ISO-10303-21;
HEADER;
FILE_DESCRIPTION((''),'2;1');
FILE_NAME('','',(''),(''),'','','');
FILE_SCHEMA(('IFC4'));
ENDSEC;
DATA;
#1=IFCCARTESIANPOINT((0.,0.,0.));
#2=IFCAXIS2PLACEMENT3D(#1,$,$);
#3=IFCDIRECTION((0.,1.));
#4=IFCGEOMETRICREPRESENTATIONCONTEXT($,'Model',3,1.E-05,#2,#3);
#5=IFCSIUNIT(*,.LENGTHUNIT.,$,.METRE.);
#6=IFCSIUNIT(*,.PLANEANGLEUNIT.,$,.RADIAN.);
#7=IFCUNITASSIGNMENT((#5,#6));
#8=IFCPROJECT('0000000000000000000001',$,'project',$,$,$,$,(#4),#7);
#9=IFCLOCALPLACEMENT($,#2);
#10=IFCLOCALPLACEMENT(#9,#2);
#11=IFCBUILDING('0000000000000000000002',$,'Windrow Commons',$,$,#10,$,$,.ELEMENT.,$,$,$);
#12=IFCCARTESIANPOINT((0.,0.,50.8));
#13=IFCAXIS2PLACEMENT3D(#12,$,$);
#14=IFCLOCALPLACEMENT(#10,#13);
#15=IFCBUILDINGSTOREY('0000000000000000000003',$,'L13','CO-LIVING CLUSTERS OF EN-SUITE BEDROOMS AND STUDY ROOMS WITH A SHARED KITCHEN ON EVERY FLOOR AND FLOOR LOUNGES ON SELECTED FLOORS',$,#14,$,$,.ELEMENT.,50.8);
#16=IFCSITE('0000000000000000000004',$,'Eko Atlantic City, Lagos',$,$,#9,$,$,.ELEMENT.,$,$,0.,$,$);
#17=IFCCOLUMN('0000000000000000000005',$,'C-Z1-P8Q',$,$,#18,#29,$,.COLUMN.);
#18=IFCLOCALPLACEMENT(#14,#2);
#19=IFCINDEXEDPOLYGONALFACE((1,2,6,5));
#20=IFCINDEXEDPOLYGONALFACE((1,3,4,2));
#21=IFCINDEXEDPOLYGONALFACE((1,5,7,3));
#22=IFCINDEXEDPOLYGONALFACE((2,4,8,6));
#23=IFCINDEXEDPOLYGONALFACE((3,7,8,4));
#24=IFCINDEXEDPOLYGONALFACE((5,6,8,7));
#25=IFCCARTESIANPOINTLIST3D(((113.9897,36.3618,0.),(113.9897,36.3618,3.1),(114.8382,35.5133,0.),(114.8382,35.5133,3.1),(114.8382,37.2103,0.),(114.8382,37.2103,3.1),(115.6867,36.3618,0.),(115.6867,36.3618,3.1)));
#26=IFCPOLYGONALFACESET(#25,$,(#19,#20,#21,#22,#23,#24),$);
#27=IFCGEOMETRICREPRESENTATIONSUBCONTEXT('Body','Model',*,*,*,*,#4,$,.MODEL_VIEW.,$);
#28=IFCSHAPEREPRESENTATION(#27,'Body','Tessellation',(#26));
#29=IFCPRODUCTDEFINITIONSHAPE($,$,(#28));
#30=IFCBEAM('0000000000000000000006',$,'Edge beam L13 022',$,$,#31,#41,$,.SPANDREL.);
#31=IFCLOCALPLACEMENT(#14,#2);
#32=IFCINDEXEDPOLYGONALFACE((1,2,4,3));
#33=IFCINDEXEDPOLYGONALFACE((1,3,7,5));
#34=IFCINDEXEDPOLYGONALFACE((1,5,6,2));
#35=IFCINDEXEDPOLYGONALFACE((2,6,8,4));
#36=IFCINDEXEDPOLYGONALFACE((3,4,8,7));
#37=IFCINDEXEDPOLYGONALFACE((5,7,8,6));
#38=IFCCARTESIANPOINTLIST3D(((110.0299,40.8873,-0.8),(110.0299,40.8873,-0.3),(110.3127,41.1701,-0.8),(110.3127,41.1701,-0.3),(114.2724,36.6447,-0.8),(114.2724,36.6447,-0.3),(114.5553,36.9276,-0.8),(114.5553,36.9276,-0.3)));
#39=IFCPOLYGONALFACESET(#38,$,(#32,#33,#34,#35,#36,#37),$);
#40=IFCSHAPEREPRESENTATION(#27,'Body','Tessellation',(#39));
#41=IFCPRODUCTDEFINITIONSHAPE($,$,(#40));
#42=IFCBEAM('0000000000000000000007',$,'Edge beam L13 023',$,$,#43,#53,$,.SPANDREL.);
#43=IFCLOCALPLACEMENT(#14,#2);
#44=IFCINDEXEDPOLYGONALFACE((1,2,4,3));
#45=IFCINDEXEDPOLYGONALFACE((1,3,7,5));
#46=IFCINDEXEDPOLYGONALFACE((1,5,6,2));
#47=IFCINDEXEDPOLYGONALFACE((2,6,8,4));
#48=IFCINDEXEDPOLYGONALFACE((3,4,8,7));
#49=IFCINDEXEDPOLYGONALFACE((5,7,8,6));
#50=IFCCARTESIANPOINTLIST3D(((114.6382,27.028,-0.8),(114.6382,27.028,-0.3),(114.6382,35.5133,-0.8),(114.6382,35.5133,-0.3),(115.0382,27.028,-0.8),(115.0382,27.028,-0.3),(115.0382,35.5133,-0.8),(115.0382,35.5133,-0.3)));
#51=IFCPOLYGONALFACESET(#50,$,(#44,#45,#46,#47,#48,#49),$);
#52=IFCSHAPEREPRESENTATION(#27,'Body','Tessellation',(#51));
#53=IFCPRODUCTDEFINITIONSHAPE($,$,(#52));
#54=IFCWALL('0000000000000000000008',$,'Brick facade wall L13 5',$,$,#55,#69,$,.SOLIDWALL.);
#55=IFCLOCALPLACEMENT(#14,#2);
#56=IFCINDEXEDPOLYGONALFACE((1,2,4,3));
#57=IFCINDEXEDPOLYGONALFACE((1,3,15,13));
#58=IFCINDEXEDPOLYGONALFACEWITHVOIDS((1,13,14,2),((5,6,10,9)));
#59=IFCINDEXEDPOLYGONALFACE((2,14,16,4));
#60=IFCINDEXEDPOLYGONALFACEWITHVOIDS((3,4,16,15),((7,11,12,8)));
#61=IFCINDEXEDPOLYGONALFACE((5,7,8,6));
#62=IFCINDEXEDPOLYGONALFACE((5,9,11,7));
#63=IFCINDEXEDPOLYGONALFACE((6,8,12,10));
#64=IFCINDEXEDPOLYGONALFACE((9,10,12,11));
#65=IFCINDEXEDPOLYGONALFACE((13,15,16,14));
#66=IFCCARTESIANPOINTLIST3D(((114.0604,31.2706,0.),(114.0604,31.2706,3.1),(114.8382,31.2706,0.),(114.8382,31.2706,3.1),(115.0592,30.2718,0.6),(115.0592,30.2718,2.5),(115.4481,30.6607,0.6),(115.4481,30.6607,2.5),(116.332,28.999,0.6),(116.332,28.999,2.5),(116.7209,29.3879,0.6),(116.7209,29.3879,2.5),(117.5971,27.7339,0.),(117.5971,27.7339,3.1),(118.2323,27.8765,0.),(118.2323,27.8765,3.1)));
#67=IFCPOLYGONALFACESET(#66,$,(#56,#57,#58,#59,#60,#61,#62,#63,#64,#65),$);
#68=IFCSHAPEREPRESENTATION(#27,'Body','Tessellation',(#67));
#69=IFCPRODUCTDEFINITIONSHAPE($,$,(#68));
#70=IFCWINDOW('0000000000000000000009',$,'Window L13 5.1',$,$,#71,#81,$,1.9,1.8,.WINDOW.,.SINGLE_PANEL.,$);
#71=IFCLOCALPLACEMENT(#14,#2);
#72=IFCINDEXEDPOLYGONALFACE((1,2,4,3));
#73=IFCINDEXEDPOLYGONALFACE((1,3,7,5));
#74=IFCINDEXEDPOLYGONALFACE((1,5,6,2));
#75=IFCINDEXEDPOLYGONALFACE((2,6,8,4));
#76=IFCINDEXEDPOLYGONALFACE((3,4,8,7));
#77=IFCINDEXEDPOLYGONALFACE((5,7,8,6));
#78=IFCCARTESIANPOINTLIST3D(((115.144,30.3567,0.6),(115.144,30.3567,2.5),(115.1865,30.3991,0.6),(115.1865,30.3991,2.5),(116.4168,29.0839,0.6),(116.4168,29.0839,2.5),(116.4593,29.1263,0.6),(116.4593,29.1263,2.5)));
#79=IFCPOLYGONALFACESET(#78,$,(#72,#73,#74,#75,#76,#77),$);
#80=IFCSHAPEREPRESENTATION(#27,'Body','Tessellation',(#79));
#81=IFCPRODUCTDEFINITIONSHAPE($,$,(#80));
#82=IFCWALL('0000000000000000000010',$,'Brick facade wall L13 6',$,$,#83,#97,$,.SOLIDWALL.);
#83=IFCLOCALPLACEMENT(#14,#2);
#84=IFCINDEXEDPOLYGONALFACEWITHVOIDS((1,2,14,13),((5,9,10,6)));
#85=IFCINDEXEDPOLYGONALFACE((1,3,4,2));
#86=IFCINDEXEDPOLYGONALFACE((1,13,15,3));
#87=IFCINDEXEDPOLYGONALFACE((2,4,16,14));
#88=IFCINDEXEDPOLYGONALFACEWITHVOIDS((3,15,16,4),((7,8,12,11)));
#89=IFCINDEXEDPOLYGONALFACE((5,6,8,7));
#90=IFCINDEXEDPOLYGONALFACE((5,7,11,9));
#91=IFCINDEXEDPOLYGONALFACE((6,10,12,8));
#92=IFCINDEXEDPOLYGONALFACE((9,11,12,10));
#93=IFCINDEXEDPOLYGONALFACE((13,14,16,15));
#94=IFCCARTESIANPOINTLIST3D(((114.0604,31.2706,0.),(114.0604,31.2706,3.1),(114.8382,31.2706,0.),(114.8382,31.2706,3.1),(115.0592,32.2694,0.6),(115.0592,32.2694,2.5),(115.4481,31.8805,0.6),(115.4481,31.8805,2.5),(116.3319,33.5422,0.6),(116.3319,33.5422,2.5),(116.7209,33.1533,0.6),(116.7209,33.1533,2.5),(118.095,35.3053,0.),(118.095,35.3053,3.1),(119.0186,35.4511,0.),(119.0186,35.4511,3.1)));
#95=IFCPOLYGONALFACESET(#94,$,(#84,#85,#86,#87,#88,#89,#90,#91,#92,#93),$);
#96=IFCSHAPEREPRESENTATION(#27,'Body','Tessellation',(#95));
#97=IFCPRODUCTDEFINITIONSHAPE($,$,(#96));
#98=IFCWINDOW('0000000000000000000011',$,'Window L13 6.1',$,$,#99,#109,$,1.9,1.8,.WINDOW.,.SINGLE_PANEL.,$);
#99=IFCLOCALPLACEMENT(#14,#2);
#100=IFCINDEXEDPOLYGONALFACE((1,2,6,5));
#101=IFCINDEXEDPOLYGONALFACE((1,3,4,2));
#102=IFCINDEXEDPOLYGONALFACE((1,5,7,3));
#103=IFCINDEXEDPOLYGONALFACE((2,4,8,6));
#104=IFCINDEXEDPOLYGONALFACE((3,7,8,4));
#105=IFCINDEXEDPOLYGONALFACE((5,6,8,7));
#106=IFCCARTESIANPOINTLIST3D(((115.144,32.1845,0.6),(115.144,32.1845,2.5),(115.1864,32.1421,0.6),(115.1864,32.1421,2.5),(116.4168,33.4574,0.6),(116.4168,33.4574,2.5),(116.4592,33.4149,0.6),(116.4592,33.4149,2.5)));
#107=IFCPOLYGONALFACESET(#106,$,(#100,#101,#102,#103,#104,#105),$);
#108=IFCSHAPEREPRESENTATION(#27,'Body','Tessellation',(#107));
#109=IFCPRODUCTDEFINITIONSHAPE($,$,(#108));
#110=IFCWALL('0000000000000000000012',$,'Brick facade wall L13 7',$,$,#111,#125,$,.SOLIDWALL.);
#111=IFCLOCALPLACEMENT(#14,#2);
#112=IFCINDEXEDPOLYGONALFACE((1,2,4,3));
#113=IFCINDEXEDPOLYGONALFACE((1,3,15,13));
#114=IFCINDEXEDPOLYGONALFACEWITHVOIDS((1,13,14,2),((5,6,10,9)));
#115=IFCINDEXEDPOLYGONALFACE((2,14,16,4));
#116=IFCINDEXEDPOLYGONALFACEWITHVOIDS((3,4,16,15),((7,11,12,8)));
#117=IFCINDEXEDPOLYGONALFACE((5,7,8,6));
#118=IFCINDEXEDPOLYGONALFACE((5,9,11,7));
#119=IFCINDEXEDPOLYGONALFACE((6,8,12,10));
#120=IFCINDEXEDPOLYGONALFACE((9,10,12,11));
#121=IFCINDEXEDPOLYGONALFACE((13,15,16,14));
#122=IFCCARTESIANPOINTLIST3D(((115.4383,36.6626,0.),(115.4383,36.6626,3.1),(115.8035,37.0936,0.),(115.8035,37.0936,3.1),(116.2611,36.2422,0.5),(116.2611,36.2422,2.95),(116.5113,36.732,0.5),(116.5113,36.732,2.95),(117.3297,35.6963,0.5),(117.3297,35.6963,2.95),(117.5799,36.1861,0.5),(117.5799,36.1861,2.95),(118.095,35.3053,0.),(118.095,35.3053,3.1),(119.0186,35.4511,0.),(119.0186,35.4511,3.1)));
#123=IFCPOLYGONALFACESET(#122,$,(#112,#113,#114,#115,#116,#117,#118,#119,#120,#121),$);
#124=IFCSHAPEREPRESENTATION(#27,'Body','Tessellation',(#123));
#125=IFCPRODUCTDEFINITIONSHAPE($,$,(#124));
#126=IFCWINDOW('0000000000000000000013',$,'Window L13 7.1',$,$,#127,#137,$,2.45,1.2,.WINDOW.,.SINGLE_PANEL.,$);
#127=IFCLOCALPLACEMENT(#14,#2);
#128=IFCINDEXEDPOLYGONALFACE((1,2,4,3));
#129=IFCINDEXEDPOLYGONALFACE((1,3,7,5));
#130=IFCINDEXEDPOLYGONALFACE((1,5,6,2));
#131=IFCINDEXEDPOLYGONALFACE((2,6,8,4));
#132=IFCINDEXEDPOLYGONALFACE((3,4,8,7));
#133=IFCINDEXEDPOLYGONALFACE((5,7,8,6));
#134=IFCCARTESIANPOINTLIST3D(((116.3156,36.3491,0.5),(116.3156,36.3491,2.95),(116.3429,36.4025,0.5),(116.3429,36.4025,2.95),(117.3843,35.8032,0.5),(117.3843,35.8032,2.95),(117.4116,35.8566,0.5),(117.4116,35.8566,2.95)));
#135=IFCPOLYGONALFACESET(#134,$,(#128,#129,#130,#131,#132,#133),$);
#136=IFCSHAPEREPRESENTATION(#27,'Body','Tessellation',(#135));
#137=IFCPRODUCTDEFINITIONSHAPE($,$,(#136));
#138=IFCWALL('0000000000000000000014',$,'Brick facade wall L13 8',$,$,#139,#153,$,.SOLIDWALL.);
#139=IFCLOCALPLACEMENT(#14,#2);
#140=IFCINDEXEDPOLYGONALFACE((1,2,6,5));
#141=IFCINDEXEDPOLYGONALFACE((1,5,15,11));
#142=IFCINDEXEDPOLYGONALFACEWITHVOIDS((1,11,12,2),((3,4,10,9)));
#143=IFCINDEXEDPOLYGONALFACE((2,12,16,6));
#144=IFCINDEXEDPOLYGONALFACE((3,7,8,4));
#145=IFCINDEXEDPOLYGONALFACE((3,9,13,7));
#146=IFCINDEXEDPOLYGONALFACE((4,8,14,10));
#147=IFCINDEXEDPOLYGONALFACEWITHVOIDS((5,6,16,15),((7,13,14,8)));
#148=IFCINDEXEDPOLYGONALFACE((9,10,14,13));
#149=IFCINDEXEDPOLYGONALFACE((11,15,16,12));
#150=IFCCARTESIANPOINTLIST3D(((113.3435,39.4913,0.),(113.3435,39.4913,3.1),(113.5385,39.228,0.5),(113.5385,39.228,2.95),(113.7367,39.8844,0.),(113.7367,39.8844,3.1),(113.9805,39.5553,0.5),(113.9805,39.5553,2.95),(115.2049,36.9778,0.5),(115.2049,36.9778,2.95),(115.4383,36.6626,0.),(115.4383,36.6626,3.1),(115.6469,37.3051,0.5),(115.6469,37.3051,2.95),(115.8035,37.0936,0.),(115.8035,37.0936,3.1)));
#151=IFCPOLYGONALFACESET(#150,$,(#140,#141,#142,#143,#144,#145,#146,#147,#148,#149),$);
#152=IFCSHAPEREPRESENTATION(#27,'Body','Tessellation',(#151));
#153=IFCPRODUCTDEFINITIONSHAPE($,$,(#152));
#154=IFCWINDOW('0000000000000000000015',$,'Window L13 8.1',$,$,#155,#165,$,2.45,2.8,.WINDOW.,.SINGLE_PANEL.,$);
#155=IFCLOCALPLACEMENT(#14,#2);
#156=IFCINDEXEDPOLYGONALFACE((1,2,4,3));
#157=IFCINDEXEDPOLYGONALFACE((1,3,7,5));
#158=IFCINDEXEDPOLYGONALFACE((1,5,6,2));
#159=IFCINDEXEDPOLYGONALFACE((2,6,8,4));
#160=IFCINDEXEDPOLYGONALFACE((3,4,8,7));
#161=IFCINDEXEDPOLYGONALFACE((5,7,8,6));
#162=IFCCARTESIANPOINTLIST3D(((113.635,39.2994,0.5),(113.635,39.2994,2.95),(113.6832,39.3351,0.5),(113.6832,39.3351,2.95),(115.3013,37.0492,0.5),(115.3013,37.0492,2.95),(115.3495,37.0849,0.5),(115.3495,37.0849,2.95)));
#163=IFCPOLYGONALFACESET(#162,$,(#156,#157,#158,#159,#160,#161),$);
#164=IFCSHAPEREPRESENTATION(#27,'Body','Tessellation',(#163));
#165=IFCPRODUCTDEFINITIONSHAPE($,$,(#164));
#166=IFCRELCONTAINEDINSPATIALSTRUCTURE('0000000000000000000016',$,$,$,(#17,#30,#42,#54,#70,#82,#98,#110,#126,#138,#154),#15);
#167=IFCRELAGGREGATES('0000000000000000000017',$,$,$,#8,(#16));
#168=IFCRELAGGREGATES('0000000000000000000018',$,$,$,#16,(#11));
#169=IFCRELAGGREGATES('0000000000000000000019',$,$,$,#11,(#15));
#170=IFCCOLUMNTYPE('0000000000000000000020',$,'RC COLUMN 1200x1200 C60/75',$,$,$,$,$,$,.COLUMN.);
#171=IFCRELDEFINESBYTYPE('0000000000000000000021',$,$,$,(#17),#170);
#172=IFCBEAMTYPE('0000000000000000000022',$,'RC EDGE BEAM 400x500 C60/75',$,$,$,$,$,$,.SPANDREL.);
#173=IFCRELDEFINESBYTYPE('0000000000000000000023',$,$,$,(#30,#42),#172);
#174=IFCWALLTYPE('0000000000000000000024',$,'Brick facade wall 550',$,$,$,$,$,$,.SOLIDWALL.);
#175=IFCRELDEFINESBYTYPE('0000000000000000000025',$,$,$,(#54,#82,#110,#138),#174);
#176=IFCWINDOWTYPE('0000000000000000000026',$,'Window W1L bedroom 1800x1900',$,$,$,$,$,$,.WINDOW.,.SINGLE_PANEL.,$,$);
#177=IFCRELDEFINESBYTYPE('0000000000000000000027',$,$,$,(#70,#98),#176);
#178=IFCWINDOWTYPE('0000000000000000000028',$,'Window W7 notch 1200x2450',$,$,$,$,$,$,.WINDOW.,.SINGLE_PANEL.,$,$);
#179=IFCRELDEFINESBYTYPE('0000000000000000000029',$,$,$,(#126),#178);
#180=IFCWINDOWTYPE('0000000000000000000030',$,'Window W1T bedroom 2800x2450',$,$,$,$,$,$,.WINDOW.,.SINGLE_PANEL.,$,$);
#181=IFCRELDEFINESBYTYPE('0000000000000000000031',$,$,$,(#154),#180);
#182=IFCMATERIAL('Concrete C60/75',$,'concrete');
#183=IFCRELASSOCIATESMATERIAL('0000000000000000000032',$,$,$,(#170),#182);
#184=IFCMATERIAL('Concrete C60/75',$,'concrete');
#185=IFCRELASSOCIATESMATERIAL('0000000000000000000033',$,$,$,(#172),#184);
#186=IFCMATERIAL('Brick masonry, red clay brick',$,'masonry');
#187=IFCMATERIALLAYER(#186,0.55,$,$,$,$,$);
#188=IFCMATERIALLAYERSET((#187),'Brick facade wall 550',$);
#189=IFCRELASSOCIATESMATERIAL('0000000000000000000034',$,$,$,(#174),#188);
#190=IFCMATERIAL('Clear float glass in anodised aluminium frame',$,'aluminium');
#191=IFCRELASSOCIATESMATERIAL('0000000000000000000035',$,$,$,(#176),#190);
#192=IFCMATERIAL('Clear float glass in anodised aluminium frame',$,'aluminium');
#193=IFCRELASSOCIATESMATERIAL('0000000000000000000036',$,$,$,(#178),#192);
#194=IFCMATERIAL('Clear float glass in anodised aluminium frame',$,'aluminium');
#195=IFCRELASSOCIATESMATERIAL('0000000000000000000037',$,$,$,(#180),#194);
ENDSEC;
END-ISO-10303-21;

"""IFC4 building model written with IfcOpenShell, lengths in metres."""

from ifc_helpers import new_model, si_unit, direction, frame, frame_2d, origin, origin_2d, place, context, subcontext, project, spatial, polyline, rectangle, outline, extrude, material, layer, layer_set, material_profile, profile_set, type_object, element, fill, save


model = new_model("IFC4")

# Units and contexts
model_context = context("Model", 3, precision=1e-05, world=origin(), true_north=direction((0.0, 1.0)))
body_context = subcontext(model_context, "Body", "Model", "MODEL_VIEW")
ifc_project = project(units=[si_unit("LENGTHUNIT", "METRE"), si_unit("PLANEANGLEUNIT", "RADIAN")], contexts=[model_context])

# Site, building, storey
site_placement = place(None, origin())
site = spatial("IfcSite", under=ifc_project, at=site_placement, Name="Eko Atlantic City, Lagos", CompositionType="ELEMENT", RefElevation=0.0)
building_placement = place(site_placement, origin())
building = spatial("IfcBuilding", under=site, at=building_placement, Name="Windrow Commons", CompositionType="ELEMENT")
storey_placement = place(building_placement, frame((0.0, 0.0, 50.8)))
storey = spatial("IfcBuildingStorey", under=building, at=storey_placement, Name="L13", Description="CO-LIVING CLUSTERS OF EN-SUITE BEDROOMS AND STUDY ROOMS WITH A SHARED KITCHEN ON EVERY FLOOR AND FLOOR LOUNGES ON SELECTED FLOORS", CompositionType="ELEMENT", Elevation=50.8)

# Column
ifc_material_1 = material(Name="Concrete C60/75", Category="concrete")
ifc_material_profile_1 = material_profile(ifc_material_1, rectangle(XDim=1.2, YDim=1.2, at=origin_2d()))
ifc_profile_set_1 = profile_set([ifc_material_profile_1], Name="Concrete C60/75")
column_type = type_object("IfcColumnType", Name="RC COLUMN 1200x1200 C60/75", PredefinedType="COLUMN", material=ifc_profile_set_1)
column_placement = place(storey_placement, frame((114.8382, 36.3618, 0.0), z_axis=(0.0, 0.0, 1.0), x_axis=(0.707107, -0.707107, 0.0)))
element("IfcColumn", 1, at=column_placement, inside=storey, type_object=column_type, Name="C-Z1-P8Q", PredefinedType="COLUMN", context=body_context, shape_type="SweptSolid", body=[
    extrude(rectangle(XDim=1.2, YDim=1.2, at=origin_2d()), origin(), (0.0, 0.0, 1.0), 3.1),
])

# Beams
ifc_material_2 = material(Name="Concrete C60/75", Category="concrete")
ifc_material_profile_2 = material_profile(ifc_material_2, rectangle(XDim=0.4, YDim=0.5, at=origin_2d()))
ifc_profile_set_2 = profile_set([ifc_material_profile_2], Name="Concrete C60/75")
beam_type = type_object("IfcBeamType", Name="RC EDGE BEAM 400x500 C60/75", PredefinedType="SPANDREL", material=ifc_profile_set_2)
beam_1_placement = place(storey_placement, frame((110.1713, 41.0287, -0.55), z_axis=(0.707107, -0.707107, 0.0), x_axis=(0.707107, 0.707107, 0.0)))
element("IfcBeam", 2, at=beam_1_placement, inside=storey, type_object=beam_type, Name="Edge beam L13 022", PredefinedType="SPANDREL", context=body_context, shape_type="SweptSolid", body=[
    extrude(rectangle(XDim=0.4, YDim=0.5, at=origin_2d()), origin(), (0.0, 0.0, 1.0), 5.9999),
])
beam_2_placement = place(storey_placement, frame((114.8382, 35.5133, -0.55), z_axis=(0.0, -1.0, 0.0), x_axis=(1.0, 0.0, 0.0)))
element("IfcBeam", 3, at=beam_2_placement, inside=storey, type_object=beam_type, Name="Edge beam L13 023", PredefinedType="SPANDREL", context=body_context, shape_type="SweptSolid", body=[
    extrude(rectangle(XDim=0.4, YDim=0.5, at=origin_2d()), origin(), (0.0, 0.0, 1.0), 8.4853),
])

# Walls, openings, windows
ifc_material_3 = material(Name="Brick masonry, red clay brick", Category="masonry")
ifc_layer_1 = layer(ifc_material_3, 0.55)
ifc_layer_set_1 = layer_set([ifc_layer_1], Name="Brick facade wall 550")
wall_type_1 = type_object("IfcWallType", Name="Brick facade wall 550", PredefinedType="SOLIDWALL", material=ifc_layer_set_1)
wall_1_placement = place(storey_placement, frame((117.9147, 27.8052, 0.0), z_axis=(0.0, 0.0, 1.0), x_axis=(-0.707107, 0.707107, 0.0)))
wall_1 = element("IfcWall", 4, at=wall_1_placement, inside=storey, type_object=wall_type_1, Name="Brick facade wall L13 5", PredefinedType="SOLIDWALL", context=body_context, shape_type="SweptSolid", body=[
    extrude(outline(polyline([(-0.1742, -0.275), (4.6258, -0.275), (5.1758, 0.275), (0.1742, 0.275), (-0.1742, -0.275)])), origin(), (0.0, 0.0, 1.0), 3.1),
])
opening_1_placement = place(wall_1_placement, frame((1.9633, 0.0, 0.6)))
opening_1 = element("IfcOpeningElement", 5, at=opening_1_placement, cuts=wall_1, PredefinedType="OPENING", context=body_context, shape_type="SweptSolid", body=[
    extrude(rectangle(XDim=1.8, YDim=1.9, at=frame_2d((0.9, 0.95))), frame((0.0, 0.285, 0.0), z_axis=(0.0, -1.0, 0.0), x_axis=(1.0, 0.0, 0.0)), (0.0, 0.0, 1.0), 0.57),
])
ifc_material_4 = material(Name="Clear float glass in anodised aluminium frame", Category="aluminium")
window_type_1 = type_object("IfcWindowType", Name="Window W1L bedroom 1800x1900", PartitioningType="SINGLE_PANEL", PredefinedType="WINDOW", material=ifc_material_4)
window_1_placement = place(opening_1_placement, origin())
window_1 = element("IfcWindow", 6, at=window_1_placement, inside=storey, type_object=window_type_1, Name="Window L13 5.1", OverallHeight=1.9, OverallWidth=1.8, PartitioningType="SINGLE_PANEL", PredefinedType="WINDOW", context=body_context, shape_type="SweptSolid", body=[
    extrude(rectangle(XDim=1.8, YDim=1.9, at=frame_2d((0.9, 0.95))), frame((0.0, 0.155, 0.0), z_axis=(0.0, -1.0, 0.0), x_axis=(1.0, 0.0, 0.0)), (0.0, 0.0, 1.0), 0.06),
])
fill(opening_1, window_1)
wall_2_placement = place(storey_placement, frame((114.4493, 31.2706, 0.0), z_axis=(0.0, 0.0, 1.0), x_axis=(0.707098, 0.707115, 0.0)))
wall_2 = element("IfcWall", 7, at=wall_2_placement, inside=storey, type_object=wall_type_1, Name="Brick facade wall L13 6", PredefinedType="SOLIDWALL", context=body_context, shape_type="SweptSolid", body=[
    extrude(outline(polyline([(0.275, -0.275), (6.187, -0.275), (5.4309, 0.275), (-0.275, 0.275), (0.275, -0.275)])), origin(), (0.0, 0.0, 1.0), 3.1),
])
opening_2_placement = place(wall_2_placement, frame((1.1375, 0.0, 0.6)))
opening_2 = element("IfcOpeningElement", 8, at=opening_2_placement, cuts=wall_2, PredefinedType="OPENING", context=body_context, shape_type="SweptSolid", body=[
    extrude(rectangle(XDim=1.8, YDim=1.9, at=frame_2d((0.9, 0.95))), frame((0.0, 0.285, 0.0), z_axis=(0.0, -1.0, 0.0), x_axis=(1.0, 0.0, 0.0)), (0.0, 0.0, 1.0), 0.57),
])
window_2_placement = place(opening_2_placement, origin())
window_2 = element("IfcWindow", 9, at=window_2_placement, inside=storey, type_object=window_type_1, Name="Window L13 6.1", OverallHeight=1.9, OverallWidth=1.8, PartitioningType="SINGLE_PANEL", PredefinedType="WINDOW", context=body_context, shape_type="SweptSolid", body=[
    extrude(rectangle(XDim=1.8, YDim=1.9, at=frame_2d((0.9, 0.95))), frame((0.0, 0.155, 0.0), z_axis=(0.0, -1.0, 0.0), x_axis=(1.0, 0.0, 0.0)), (0.0, 0.0, 1.0), 0.06),
])
fill(opening_2, window_2)
wall_3_placement = place(storey_placement, frame((118.5568, 35.3782, 0.0), z_axis=(0.0, 0.0, 1.0), x_axis=(-0.890517, 0.45495, 0.0)))
wall_3 = element("IfcWall", 10, at=wall_3_placement, inside=storey, type_object=wall_type_1, Name="Brick facade wall L13 7", PredefinedType="SOLIDWALL", context=body_context, shape_type="SweptSolid", body=[
    extrude(outline(polyline([(-0.3781, -0.275), (3.2323, -0.275), (3.3614, 0.275), (0.3781, 0.275), (-0.3781, -0.275)])), origin(), (0.0, 0.0, 1.0), 3.1),
])
opening_3_placement = place(wall_3_placement, frame((1.2375, 0.0, 0.5)))
opening_3 = element("IfcOpeningElement", 11, at=opening_3_placement, cuts=wall_3, PredefinedType="OPENING", context=body_context, shape_type="SweptSolid", body=[
    extrude(rectangle(XDim=1.2, YDim=2.45, at=frame_2d((0.6, 1.225))), frame((0.0, 0.285, 0.0), z_axis=(0.0, -1.0, 0.0), x_axis=(1.0, 0.0, 0.0)), (0.0, 0.0, 1.0), 0.57),
])
ifc_material_5 = material(Name="Clear float glass in anodised aluminium frame", Category="aluminium")
window_type_2 = type_object("IfcWindowType", Name="Window W7 notch 1200x2450", PartitioningType="SINGLE_PANEL", PredefinedType="WINDOW", material=ifc_material_5)
window_3_placement = place(opening_3_placement, origin())
window_3 = element("IfcWindow", 12, at=window_3_placement, inside=storey, type_object=window_type_2, Name="Window L13 7.1", OverallHeight=2.45, OverallWidth=1.2, PartitioningType="SINGLE_PANEL", PredefinedType="WINDOW", context=body_context, shape_type="SweptSolid", body=[
    extrude(rectangle(XDim=1.2, YDim=2.45, at=frame_2d((0.6, 1.225))), frame((0.0, 0.155, 0.0), z_axis=(0.0, -1.0, 0.0), x_axis=(1.0, 0.0, 0.0)), (0.0, 0.0, 1.0), 0.06),
])
fill(opening_3, window_3)
wall_4_placement = place(storey_placement, frame((115.6209, 36.8781, 0.0), z_axis=(0.0, 0.0, 1.0), x_axis=(-0.595129, 0.80363, 0.0)))
wall_4 = element("IfcWall", 13, at=wall_4_placement, inside=storey, type_object=wall_type_1, Name="Brick facade wall L13 8", PredefinedType="SOLIDWALL", context=body_context, shape_type="SweptSolid", body=[
    extrude(outline(polyline([(0.0645, -0.275), (3.5373, -0.275), (3.4554, 0.275), (-0.0645, 0.275), (0.0645, -0.275)])), origin(), (0.0, 0.0, 1.0), 3.1),
])
opening_4_placement = place(wall_4_placement, frame((0.3277, 0.0, 0.5)))
opening_4 = element("IfcOpeningElement", 14, at=opening_4_placement, cuts=wall_4, PredefinedType="OPENING", context=body_context, shape_type="SweptSolid", body=[
    extrude(rectangle(XDim=2.8, YDim=2.45, at=frame_2d((1.4, 1.225))), frame((0.0, 0.285, 0.0), z_axis=(0.0, -1.0, 0.0), x_axis=(1.0, 0.0, 0.0)), (0.0, 0.0, 1.0), 0.57),
])
ifc_material_6 = material(Name="Clear float glass in anodised aluminium frame", Category="aluminium")
window_type_3 = type_object("IfcWindowType", Name="Window W1T bedroom 2800x2450", PartitioningType="SINGLE_PANEL", PredefinedType="WINDOW", material=ifc_material_6)
window_4_placement = place(opening_4_placement, origin())
window_4 = element("IfcWindow", 15, at=window_4_placement, inside=storey, type_object=window_type_3, Name="Window L13 8.1", OverallHeight=2.45, OverallWidth=2.8, PartitioningType="SINGLE_PANEL", PredefinedType="WINDOW", context=body_context, shape_type="SweptSolid", body=[
    extrude(rectangle(XDim=2.8, YDim=2.45, at=frame_2d((1.4, 1.225))), frame((0.0, 0.155, 0.0), z_axis=(0.0, -1.0, 0.0), x_axis=(1.0, 0.0, 0.0)), (0.0, 0.0, 1.0), 0.06),
])
fill(opening_4, window_4)

save(model, "model.ifc")
